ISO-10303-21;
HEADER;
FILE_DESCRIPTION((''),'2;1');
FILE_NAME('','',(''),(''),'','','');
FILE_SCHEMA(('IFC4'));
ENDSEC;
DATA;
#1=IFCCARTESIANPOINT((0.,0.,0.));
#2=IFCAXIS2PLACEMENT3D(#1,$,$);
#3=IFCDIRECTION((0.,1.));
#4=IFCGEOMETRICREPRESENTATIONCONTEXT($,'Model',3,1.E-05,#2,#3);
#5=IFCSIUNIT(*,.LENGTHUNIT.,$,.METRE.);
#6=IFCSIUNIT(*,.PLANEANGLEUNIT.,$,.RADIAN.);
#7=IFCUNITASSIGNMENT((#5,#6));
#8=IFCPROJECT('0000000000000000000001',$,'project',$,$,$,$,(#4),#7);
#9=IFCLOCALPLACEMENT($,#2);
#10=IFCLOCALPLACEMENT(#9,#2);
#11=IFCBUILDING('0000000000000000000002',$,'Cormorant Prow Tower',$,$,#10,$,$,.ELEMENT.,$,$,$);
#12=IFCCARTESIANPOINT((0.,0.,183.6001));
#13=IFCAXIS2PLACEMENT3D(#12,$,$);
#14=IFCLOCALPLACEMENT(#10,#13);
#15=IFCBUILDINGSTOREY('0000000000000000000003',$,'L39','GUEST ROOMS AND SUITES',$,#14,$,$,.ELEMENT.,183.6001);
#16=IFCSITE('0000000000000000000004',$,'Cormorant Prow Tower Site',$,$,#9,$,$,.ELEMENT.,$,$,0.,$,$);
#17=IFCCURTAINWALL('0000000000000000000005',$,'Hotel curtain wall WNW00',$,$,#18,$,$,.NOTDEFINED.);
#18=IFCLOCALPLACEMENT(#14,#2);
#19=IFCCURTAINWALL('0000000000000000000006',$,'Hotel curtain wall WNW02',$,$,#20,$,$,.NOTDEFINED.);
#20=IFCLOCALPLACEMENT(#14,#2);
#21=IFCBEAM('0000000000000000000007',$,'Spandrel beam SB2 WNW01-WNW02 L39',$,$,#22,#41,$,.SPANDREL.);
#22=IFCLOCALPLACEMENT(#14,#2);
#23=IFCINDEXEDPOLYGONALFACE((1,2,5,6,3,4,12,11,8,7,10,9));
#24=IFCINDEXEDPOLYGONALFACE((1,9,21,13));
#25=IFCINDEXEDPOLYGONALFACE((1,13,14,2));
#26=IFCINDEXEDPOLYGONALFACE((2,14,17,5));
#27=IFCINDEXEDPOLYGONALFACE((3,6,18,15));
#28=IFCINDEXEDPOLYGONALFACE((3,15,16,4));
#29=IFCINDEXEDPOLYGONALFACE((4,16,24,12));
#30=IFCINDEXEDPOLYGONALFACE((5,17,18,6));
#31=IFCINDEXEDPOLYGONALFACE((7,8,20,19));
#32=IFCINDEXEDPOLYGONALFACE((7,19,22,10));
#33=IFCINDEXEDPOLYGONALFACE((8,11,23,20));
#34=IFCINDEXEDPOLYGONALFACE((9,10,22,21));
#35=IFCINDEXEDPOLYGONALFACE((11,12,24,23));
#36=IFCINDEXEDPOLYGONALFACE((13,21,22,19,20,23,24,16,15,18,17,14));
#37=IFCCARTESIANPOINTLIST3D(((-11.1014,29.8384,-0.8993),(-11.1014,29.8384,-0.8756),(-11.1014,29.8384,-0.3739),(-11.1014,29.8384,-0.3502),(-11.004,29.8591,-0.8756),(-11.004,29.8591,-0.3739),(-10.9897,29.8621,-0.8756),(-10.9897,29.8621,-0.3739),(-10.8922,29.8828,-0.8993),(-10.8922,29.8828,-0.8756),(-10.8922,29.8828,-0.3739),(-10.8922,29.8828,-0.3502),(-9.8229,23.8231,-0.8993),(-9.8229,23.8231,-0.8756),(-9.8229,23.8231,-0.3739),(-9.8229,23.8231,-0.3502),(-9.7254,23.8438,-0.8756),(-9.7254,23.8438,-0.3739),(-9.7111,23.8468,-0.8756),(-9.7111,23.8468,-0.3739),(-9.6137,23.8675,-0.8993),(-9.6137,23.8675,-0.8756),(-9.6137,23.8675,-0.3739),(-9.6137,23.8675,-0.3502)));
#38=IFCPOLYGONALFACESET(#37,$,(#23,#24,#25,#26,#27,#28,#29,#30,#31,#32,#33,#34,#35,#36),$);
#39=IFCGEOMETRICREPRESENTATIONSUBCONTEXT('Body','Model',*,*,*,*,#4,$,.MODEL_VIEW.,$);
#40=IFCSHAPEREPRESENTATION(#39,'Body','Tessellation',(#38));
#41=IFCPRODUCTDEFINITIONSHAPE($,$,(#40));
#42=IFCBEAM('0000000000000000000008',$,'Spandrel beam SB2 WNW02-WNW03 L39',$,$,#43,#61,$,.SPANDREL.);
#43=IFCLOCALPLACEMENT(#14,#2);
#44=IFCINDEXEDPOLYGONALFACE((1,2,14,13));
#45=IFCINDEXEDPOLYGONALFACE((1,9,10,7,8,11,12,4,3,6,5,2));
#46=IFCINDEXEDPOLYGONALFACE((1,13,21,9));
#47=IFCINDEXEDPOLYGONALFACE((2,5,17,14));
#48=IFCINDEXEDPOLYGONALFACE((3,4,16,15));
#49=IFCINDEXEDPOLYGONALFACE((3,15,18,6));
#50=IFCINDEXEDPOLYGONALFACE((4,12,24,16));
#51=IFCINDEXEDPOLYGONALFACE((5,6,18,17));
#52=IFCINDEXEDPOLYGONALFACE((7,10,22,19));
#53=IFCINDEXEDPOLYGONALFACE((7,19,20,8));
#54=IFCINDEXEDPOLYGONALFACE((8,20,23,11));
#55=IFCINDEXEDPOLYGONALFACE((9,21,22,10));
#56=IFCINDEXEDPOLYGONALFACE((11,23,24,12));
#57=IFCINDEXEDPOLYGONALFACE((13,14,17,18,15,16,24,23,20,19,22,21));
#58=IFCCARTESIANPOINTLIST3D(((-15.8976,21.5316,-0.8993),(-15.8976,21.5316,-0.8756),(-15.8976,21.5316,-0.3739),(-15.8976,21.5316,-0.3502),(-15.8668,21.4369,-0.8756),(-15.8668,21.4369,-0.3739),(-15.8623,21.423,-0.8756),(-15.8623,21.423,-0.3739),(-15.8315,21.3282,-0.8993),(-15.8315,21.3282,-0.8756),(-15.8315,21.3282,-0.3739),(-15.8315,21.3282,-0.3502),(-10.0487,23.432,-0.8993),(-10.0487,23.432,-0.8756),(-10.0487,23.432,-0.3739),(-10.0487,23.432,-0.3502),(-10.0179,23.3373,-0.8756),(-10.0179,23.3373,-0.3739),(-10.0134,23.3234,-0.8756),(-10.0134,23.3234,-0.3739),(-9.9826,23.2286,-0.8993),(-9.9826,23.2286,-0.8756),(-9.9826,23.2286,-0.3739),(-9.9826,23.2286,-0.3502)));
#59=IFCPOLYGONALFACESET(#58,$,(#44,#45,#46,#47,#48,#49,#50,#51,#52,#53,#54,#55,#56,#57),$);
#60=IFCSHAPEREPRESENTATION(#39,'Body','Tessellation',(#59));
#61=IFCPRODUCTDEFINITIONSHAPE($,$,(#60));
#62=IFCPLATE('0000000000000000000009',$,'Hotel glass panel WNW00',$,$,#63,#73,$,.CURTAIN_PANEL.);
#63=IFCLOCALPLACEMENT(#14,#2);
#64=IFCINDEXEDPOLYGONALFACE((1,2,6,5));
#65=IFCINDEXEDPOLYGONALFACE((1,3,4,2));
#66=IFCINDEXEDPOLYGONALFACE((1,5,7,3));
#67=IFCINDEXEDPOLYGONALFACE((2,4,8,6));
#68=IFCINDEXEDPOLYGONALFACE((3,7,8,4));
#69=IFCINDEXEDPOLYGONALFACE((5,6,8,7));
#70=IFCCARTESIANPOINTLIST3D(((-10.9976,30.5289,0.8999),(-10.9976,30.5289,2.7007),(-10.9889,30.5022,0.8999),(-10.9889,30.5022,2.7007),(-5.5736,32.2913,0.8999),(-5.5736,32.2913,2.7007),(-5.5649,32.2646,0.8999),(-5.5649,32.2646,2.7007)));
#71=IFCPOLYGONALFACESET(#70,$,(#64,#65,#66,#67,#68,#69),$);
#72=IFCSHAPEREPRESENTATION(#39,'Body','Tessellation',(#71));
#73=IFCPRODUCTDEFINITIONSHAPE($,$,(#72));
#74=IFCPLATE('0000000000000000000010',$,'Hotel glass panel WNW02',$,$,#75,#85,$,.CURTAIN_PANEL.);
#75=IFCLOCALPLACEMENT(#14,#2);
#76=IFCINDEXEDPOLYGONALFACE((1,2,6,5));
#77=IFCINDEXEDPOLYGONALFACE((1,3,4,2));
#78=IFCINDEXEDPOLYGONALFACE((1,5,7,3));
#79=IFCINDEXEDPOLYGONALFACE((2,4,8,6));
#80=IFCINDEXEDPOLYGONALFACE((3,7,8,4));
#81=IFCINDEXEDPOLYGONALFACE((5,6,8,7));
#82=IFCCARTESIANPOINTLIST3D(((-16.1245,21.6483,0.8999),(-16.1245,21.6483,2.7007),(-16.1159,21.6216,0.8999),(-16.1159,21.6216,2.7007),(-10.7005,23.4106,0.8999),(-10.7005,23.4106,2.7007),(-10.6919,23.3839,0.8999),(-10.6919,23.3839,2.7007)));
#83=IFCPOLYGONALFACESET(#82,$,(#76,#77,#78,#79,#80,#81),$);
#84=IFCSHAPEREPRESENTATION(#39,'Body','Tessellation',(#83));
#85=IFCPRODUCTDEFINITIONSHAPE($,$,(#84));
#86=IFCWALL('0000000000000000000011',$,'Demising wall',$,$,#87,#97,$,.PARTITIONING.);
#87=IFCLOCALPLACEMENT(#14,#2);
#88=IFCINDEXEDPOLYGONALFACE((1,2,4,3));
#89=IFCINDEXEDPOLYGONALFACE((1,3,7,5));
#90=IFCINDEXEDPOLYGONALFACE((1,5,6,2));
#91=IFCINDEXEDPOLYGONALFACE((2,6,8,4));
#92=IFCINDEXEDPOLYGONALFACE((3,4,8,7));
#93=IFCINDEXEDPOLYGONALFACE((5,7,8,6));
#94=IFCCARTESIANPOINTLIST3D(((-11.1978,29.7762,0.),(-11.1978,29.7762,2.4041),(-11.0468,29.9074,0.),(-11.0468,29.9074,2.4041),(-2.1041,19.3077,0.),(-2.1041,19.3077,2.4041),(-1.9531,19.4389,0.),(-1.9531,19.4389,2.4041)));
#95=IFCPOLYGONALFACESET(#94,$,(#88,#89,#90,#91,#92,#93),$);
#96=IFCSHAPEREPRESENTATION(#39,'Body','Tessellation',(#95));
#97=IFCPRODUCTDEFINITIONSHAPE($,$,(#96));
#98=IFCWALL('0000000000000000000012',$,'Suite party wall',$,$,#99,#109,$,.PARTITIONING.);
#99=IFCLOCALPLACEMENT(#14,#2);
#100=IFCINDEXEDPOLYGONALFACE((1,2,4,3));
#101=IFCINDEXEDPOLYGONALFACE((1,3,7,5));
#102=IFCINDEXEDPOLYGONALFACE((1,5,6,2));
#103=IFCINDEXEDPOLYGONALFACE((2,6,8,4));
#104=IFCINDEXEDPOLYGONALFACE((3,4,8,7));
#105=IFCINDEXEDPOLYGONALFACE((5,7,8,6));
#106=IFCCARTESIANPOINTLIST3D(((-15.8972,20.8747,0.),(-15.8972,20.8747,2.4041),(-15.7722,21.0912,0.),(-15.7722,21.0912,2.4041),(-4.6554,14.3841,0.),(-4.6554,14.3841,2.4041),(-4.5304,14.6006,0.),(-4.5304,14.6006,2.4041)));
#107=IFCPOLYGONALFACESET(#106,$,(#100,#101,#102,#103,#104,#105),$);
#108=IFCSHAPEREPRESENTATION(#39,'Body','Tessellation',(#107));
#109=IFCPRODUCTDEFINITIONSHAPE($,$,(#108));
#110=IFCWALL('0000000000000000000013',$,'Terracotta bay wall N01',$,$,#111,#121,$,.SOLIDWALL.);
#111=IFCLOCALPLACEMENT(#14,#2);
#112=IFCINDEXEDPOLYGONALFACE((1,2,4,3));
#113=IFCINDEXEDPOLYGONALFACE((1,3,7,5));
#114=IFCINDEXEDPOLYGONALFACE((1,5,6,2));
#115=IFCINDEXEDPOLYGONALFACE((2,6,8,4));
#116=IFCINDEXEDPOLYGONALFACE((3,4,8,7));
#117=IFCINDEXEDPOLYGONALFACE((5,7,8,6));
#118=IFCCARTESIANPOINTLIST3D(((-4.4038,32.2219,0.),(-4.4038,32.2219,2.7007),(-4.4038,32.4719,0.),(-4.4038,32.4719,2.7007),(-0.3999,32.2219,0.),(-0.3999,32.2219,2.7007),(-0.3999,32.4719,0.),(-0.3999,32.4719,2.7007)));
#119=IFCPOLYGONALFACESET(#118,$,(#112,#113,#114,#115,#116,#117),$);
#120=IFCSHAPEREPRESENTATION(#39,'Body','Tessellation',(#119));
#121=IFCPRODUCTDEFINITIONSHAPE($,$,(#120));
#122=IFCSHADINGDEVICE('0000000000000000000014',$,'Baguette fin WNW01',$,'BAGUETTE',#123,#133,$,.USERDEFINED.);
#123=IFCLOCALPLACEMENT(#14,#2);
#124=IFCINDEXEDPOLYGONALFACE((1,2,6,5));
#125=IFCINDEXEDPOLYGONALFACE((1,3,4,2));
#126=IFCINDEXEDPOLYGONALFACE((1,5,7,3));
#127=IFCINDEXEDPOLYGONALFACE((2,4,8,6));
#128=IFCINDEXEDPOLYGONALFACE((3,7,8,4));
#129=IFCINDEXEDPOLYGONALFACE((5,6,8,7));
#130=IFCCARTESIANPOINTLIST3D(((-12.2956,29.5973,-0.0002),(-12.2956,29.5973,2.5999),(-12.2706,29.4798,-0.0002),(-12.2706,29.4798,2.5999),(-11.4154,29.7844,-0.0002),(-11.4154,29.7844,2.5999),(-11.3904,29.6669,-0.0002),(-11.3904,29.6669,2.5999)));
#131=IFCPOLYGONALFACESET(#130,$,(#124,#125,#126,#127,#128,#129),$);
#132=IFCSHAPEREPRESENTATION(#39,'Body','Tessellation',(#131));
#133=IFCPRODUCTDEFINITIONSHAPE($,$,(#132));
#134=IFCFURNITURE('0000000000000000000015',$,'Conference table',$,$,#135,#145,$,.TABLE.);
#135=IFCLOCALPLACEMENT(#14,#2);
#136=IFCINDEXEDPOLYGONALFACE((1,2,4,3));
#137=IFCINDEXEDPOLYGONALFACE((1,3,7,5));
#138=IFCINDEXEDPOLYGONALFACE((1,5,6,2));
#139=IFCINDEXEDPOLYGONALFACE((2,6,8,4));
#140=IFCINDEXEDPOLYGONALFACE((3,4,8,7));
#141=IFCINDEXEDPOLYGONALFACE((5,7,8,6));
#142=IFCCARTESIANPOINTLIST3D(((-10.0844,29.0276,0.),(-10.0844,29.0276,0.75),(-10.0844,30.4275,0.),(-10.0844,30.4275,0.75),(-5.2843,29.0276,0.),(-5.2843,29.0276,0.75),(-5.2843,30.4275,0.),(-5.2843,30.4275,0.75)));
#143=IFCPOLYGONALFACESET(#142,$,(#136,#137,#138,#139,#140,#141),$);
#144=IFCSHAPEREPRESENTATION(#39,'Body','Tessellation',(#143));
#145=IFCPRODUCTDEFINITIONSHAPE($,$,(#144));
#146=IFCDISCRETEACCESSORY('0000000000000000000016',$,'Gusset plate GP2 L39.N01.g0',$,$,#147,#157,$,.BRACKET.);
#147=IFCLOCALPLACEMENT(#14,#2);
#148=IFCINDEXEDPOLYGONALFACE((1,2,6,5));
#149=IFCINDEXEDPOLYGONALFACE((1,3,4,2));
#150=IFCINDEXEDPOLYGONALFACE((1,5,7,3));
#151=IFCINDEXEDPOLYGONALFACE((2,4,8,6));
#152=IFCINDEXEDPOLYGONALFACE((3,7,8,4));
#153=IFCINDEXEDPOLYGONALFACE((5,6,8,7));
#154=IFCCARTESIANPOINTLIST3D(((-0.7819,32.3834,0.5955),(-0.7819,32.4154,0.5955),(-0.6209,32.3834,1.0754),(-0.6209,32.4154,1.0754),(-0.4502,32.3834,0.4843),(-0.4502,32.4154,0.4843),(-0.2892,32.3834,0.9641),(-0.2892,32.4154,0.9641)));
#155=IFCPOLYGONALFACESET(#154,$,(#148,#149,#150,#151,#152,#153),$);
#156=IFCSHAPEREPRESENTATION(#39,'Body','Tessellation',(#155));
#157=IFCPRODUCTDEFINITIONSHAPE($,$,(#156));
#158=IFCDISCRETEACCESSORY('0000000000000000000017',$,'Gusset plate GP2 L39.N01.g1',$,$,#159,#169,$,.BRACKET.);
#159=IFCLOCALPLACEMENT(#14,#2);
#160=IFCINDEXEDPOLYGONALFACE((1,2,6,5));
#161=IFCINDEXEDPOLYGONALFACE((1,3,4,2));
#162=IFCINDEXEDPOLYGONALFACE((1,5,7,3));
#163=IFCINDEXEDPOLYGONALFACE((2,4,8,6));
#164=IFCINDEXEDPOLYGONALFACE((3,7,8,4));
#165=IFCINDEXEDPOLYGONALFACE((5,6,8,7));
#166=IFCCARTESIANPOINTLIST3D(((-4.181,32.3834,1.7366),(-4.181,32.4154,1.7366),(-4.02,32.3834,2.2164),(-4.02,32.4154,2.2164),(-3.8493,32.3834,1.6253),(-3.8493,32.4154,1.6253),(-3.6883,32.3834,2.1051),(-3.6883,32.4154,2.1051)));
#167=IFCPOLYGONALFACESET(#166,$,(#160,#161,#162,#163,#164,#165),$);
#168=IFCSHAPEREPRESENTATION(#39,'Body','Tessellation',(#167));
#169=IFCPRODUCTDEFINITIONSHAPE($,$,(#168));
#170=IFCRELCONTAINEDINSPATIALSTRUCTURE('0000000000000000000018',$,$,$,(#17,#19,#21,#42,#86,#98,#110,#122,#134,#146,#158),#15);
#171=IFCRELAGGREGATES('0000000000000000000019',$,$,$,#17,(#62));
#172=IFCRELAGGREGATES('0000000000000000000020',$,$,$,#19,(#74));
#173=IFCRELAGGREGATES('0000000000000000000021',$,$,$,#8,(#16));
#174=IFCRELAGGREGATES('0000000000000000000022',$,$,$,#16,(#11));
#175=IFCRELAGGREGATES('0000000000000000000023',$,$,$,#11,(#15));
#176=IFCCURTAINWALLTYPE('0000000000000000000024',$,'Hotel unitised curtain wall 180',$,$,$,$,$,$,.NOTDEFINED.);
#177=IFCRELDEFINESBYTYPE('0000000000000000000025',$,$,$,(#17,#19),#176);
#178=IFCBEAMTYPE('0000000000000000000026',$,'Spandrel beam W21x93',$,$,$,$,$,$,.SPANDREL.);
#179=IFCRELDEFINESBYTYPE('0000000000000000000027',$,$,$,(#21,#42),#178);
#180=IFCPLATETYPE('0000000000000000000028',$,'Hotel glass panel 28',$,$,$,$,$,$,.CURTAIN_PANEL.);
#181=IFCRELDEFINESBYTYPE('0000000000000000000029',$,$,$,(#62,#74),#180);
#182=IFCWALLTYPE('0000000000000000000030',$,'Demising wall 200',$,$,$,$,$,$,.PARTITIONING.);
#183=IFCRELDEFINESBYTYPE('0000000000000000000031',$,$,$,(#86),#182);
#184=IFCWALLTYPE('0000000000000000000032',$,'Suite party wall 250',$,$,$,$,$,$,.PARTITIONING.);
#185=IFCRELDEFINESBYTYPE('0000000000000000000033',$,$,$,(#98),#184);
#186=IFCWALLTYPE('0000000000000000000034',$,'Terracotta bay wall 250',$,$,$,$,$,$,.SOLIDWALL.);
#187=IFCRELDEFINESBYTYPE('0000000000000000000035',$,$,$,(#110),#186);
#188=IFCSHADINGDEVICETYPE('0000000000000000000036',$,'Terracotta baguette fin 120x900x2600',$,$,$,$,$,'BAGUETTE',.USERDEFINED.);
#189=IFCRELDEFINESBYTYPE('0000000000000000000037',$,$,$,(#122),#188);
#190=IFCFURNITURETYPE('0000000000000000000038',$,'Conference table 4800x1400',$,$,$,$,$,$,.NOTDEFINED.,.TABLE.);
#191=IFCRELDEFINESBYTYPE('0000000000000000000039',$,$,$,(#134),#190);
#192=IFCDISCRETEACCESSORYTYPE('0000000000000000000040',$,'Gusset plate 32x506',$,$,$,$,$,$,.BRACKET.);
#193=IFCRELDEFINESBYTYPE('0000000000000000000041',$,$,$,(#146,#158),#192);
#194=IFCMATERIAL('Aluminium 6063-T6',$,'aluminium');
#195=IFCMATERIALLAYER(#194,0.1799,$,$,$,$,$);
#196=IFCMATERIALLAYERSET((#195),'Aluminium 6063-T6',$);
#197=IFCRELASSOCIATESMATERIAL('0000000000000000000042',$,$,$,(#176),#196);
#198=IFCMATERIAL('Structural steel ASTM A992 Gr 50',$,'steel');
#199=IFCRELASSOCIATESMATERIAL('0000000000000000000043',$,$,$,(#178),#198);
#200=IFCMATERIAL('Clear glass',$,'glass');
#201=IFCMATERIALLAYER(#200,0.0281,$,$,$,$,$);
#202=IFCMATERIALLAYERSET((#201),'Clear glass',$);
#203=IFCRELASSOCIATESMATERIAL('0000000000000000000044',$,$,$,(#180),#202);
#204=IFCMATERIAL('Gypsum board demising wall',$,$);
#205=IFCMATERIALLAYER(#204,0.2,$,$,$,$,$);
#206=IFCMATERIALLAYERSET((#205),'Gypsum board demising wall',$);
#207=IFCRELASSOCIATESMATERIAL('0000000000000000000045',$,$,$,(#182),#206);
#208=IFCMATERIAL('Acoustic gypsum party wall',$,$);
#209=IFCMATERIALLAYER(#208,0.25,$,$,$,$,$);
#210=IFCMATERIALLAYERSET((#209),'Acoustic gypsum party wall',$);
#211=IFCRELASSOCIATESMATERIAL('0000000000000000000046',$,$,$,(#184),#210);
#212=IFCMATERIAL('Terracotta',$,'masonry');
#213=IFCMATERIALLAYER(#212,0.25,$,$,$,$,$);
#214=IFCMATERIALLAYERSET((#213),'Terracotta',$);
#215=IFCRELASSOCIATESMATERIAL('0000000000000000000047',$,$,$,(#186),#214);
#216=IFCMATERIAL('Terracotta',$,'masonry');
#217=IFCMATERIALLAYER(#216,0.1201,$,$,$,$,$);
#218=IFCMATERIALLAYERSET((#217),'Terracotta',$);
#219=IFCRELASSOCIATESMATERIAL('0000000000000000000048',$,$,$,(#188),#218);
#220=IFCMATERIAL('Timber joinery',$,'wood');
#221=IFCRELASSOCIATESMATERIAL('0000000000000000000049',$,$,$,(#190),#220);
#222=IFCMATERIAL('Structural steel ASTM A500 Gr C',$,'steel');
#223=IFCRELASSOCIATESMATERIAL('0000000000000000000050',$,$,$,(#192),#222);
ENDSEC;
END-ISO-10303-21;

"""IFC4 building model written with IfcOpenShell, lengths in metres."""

from ifc_helpers import new_model, si_unit, direction, frame, frame_2d, origin, origin_2d, place, context, subcontext, project, spatial, rectangle, i_section, extrude, material, layer, layer_set, material_profile, profile_set, type_object, element, aggregate, save


model = new_model("IFC4")

# Units and contexts
model_context = context("Model", 3, precision=1e-05, world=origin(), true_north=direction((0.0, 1.0)))
body_context = subcontext(model_context, "Body", "Model", "MODEL_VIEW")
ifc_project = project(units=[si_unit("LENGTHUNIT", "METRE"), si_unit("PLANEANGLEUNIT", "RADIAN")], contexts=[model_context])

# Site, building, storey
site_placement = place(None, origin())
site = spatial("IfcSite", under=ifc_project, at=site_placement, Name="Cormorant Prow Tower Site", CompositionType="ELEMENT", RefElevation=0.0)
building_placement = place(site_placement, origin())
building = spatial("IfcBuilding", under=site, at=building_placement, Name="Cormorant Prow Tower", CompositionType="ELEMENT")
storey_placement = place(building_placement, frame((0.0, 0.0, 183.6001)))
storey = spatial("IfcBuildingStorey", under=building, at=storey_placement, Name="L39", Description="GUEST ROOMS AND SUITES", CompositionType="ELEMENT", Elevation=183.6001)

# Curtain walls
ifc_material_1 = material(Name="Aluminium 6063-T6", Category="aluminium")
ifc_layer_1 = layer(ifc_material_1, 0.1799)
ifc_layer_set_1 = layer_set([ifc_layer_1], Name="Aluminium 6063-T6")
curtain_wall_type = type_object("IfcCurtainWallType", Name="Hotel unitised curtain wall 180", PredefinedType="NOTDEFINED", material=ifc_layer_set_1)
curtain_wall_1_placement = place(storey_placement, origin())
curtain_wall_1 = element("IfcCurtainWall", 1, at=curtain_wall_1_placement, inside=storey, type_object=curtain_wall_type, Name="Hotel curtain wall WNW00", PredefinedType="NOTDEFINED")
curtain_wall_2_placement = place(storey_placement, origin())
curtain_wall_2 = element("IfcCurtainWall", 2, at=curtain_wall_2_placement, inside=storey, type_object=curtain_wall_type, Name="Hotel curtain wall WNW02", PredefinedType="NOTDEFINED")

# Beams
ifc_material_2 = material(Name="Structural steel ASTM A992 Gr 50", Category="steel")
ifc_material_profile_1 = material_profile(ifc_material_2, i_section(OverallWidth=0.2139, OverallDepth=0.5491, WebThickness=0.0146, FlangeThickness=0.0237, at=origin_2d()), Name="W21x93")
ifc_profile_set_1 = profile_set([ifc_material_profile_1], Name="Structural steel ASTM A992 Gr 50")
beam_type = type_object("IfcBeamType", Name="Spandrel beam W21x93", PredefinedType="SPANDREL", material=ifc_profile_set_1)
beam_1_placement = place(storey_placement, frame((-10.9968, 29.8606, -0.6248), z_axis=(0.207905, -0.978149, 0.0), x_axis=(0.978149, 0.207905, 0.0)))
element("IfcBeam", 3, at=beam_1_placement, inside=storey, type_object=beam_type, Name="Spandrel beam SB2 WNW01-WNW02 L39", PredefinedType="SPANDREL", context=body_context, shape_type="SweptSolid", body=[
    extrude(i_section(OverallWidth=0.2139, OverallDepth=0.5491, WebThickness=0.0146, FlangeThickness=0.0237, at=origin_2d()), origin(), (0.0, 0.0, 1.0), 6.1497),
])
beam_2_placement = place(storey_placement, frame((-10.0156, 23.3303, -0.6248), z_axis=(-0.951058, -0.309013, 0.0), x_axis=(0.309013, -0.951058, 0.0)))
element("IfcBeam", 4, at=beam_2_placement, inside=storey, type_object=beam_type, Name="Spandrel beam SB2 WNW02-WNW03 L39", PredefinedType="SPANDREL", context=body_context, shape_type="SweptSolid", body=[
    extrude(i_section(OverallWidth=0.2139, OverallDepth=0.5491, WebThickness=0.0146, FlangeThickness=0.0237, at=origin_2d()), origin(), (0.0, 0.0, 1.0), 6.1499),
])

# Plates
ifc_material_3 = material(Name="Clear glass", Category="glass")
ifc_layer_2 = layer(ifc_material_3, 0.0281)
ifc_layer_set_2 = layer_set([ifc_layer_2], Name="Clear glass")
plate_type = type_object("IfcPlateType", Name="Hotel glass panel 28", PredefinedType="CURTAIN_PANEL", material=ifc_layer_set_2)
plate_1_placement = place(storey_placement, frame((-8.2812, 31.3967, 0.8999), z_axis=(0.0, 0.0, 1.0), x_axis=(-0.951057, -0.309017, 0.0)))
plate_1 = element("IfcPlate", 5, at=plate_1_placement, type_object=plate_type, Name="Hotel glass panel WNW00", PredefinedType="CURTAIN_PANEL", context=body_context, shape_type="SweptSolid", body=[
    extrude(rectangle(XDim=5.7031, YDim=0.0281, at=origin_2d()), origin(), (0.0, 0.0, 1.0), 1.8008),
])
aggregate(curtain_wall_1, [plate_1])
plate_2_placement = place(storey_placement, frame((-13.4082, 22.5161, 0.8999), z_axis=(0.0, 0.0, 1.0), x_axis=(-0.951057, -0.309017, 0.0)))
plate_2 = element("IfcPlate", 6, at=plate_2_placement, type_object=plate_type, Name="Hotel glass panel WNW02", PredefinedType="CURTAIN_PANEL", context=body_context, shape_type="SweptSolid", body=[
    extrude(rectangle(XDim=5.7031, YDim=0.0281, at=origin_2d()), origin(), (0.0, 0.0, 1.0), 1.8008),
])
aggregate(curtain_wall_2, [plate_2])

# Walls
ifc_material_4 = material(Name="Gypsum board demising wall")
ifc_layer_3 = layer(ifc_material_4, 0.2)
ifc_layer_set_3 = layer_set([ifc_layer_3], Name="Gypsum board demising wall")
wall_type_1 = type_object("IfcWallType", Name="Demising wall 200", PredefinedType="PARTITIONING", material=ifc_layer_set_3)
wall_1_placement = place(storey_placement, frame((-11.1223, 29.8418, 0.0), z_axis=(0.0, 0.0, 1.0), x_axis=(0.655797, -0.754937, 0.0)))
element("IfcWall", 7, at=wall_1_placement, inside=storey, type_object=wall_type_1, Name="Demising wall", PredefinedType="PARTITIONING", context=body_context, shape_type="SweptSolid", body=[
    extrude(rectangle(XDim=13.8667, YDim=0.2, at=frame_2d((6.9333, 0.0))), origin(), (0.0, 0.0, 1.0), 2.4041),
])
ifc_material_5 = material(Name="Acoustic gypsum party wall")
ifc_layer_4 = layer(ifc_material_5, 0.25)
ifc_layer_set_4 = layer_set([ifc_layer_4], Name="Acoustic gypsum party wall")
wall_type_2 = type_object("IfcWallType", Name="Suite party wall 250", PredefinedType="PARTITIONING", material=ifc_layer_set_4)
wall_2_placement = place(storey_placement, frame((-15.8347, 20.9829, 0.0), z_axis=(0.0, 0.0, 1.0), x_axis=(0.866023, -0.500005, 0.0)))
element("IfcWall", 8, at=wall_2_placement, inside=storey, type_object=wall_type_2, Name="Suite party wall", PredefinedType="PARTITIONING", context=body_context, shape_type="SweptSolid", body=[
    extrude(rectangle(XDim=12.981, YDim=0.25, at=frame_2d((6.4905, 0.0))), origin(), (0.0, 0.0, 1.0), 2.4041),
])
ifc_material_6 = material(Name="Terracotta", Category="masonry")
ifc_layer_5 = layer(ifc_material_6, 0.25)
ifc_layer_set_5 = layer_set([ifc_layer_5], Name="Terracotta")
wall_type_3 = type_object("IfcWallType", Name="Terracotta bay wall 250", PredefinedType="SOLIDWALL", material=ifc_layer_set_5)
wall_3_placement = place(storey_placement, frame((-0.3999, 32.3469, 0.0), z_axis=(0.0, 0.0, 1.0), x_axis=(-1.0, 0.0, 0.0)))
element("IfcWall", 9, at=wall_3_placement, inside=storey, type_object=wall_type_3, Name="Terracotta bay wall N01", PredefinedType="SOLIDWALL", context=body_context, shape_type="SweptSolid", body=[
    extrude(rectangle(XDim=4.0039, YDim=0.25, at=frame_2d((2.002, 0.0))), origin(), (0.0, 0.0, 1.0), 2.7007),
])

# Shading device
ifc_material_7 = material(Name="Terracotta", Category="masonry")
ifc_layer_6 = layer(ifc_material_7, 0.1201)
ifc_layer_set_6 = layer_set([ifc_layer_6], Name="Terracotta")
shading_device_type = type_object("IfcShadingDeviceType", Name="Terracotta baguette fin 120x900x2600", ElementType="BAGUETTE", PredefinedType="USERDEFINED", material=ifc_layer_set_6)
shading_device_placement = place(storey_placement, frame((-11.843, 29.6321, -0.0002), z_axis=(0.0, 0.0, 1.0), x_axis=(0.207912, -0.978148, 0.0)))
element("IfcShadingDevice", 10, at=shading_device_placement, inside=storey, type_object=shading_device_type, Name="Baguette fin WNW01", ObjectType="BAGUETTE", PredefinedType="USERDEFINED", context=body_context, shape_type="SweptSolid", body=[
    extrude(rectangle(XDim=0.1201, YDim=0.8999, at=origin_2d()), origin(), (0.0, 0.0, 1.0), 2.6001),
])

# Furniture
ifc_material_8 = material(Name="Timber joinery", Category="wood")
furniture_type = type_object("IfcFurnitureType", Name="Conference table 4800x1400", AssemblyPlace="NOTDEFINED", PredefinedType="TABLE", material=ifc_material_8)
furniture_placement = place(storey_placement, frame((-7.6843, 29.7275, 0.0), z_axis=(0.0, 0.0, 1.0), x_axis=(1.0, 0.0, 0.0)))
element("IfcFurniture", 11, at=furniture_placement, inside=storey, type_object=furniture_type, Name="Conference table", PredefinedType="TABLE", context=body_context, shape_type="SweptSolid", body=[
    extrude(rectangle(XDim=4.8, YDim=1.3999, at=origin_2d()), origin(), (0.0, 0.0, 1.0), 0.75),
])

# Discrete accessories
ifc_material_9 = material(Name="Structural steel ASTM A500 Gr C", Category="steel")
ifc_material_profile_2 = material_profile(ifc_material_9, rectangle(XDim=0.032, YDim=0.5061, at=origin_2d()), Name="Gusset plate 32x506")
ifc_profile_set_2 = profile_set([ifc_material_profile_2], Name="Structural steel ASTM A500 Gr C")
discrete_accessory_type = type_object("IfcDiscreteAccessoryType", Name="Gusset plate 32x506", PredefinedType="BRACKET", material=ifc_profile_set_2)
for number, where, z_axis, x_axis, name in (
    (12, (-0.7014, 32.3994, 0.8354), (0.948054, 0.0, -0.318111), (0.0, 1.0, 0.0), "Gusset plate GP2 L39.N01.g0"),
    (13, (-3.7688, 32.3994, 1.8652), (-0.948054, 0.0, 0.318111), (0.0, -1.0, 0.0), "Gusset plate GP2 L39.N01.g1"),
):
    element("IfcDiscreteAccessory", number, at=place(storey_placement, frame(where, z_axis=z_axis, x_axis=x_axis)), inside=storey, type_object=discrete_accessory_type, Name=name, PredefinedType="BRACKET", context=body_context, shape_type="SweptSolid", body=[
        extrude(rectangle(XDim=0.032, YDim=0.5061, at=origin_2d()), origin(), (0.0, 0.0, 1.0), 0.3499),
    ])

save(model, "model.ifc")
